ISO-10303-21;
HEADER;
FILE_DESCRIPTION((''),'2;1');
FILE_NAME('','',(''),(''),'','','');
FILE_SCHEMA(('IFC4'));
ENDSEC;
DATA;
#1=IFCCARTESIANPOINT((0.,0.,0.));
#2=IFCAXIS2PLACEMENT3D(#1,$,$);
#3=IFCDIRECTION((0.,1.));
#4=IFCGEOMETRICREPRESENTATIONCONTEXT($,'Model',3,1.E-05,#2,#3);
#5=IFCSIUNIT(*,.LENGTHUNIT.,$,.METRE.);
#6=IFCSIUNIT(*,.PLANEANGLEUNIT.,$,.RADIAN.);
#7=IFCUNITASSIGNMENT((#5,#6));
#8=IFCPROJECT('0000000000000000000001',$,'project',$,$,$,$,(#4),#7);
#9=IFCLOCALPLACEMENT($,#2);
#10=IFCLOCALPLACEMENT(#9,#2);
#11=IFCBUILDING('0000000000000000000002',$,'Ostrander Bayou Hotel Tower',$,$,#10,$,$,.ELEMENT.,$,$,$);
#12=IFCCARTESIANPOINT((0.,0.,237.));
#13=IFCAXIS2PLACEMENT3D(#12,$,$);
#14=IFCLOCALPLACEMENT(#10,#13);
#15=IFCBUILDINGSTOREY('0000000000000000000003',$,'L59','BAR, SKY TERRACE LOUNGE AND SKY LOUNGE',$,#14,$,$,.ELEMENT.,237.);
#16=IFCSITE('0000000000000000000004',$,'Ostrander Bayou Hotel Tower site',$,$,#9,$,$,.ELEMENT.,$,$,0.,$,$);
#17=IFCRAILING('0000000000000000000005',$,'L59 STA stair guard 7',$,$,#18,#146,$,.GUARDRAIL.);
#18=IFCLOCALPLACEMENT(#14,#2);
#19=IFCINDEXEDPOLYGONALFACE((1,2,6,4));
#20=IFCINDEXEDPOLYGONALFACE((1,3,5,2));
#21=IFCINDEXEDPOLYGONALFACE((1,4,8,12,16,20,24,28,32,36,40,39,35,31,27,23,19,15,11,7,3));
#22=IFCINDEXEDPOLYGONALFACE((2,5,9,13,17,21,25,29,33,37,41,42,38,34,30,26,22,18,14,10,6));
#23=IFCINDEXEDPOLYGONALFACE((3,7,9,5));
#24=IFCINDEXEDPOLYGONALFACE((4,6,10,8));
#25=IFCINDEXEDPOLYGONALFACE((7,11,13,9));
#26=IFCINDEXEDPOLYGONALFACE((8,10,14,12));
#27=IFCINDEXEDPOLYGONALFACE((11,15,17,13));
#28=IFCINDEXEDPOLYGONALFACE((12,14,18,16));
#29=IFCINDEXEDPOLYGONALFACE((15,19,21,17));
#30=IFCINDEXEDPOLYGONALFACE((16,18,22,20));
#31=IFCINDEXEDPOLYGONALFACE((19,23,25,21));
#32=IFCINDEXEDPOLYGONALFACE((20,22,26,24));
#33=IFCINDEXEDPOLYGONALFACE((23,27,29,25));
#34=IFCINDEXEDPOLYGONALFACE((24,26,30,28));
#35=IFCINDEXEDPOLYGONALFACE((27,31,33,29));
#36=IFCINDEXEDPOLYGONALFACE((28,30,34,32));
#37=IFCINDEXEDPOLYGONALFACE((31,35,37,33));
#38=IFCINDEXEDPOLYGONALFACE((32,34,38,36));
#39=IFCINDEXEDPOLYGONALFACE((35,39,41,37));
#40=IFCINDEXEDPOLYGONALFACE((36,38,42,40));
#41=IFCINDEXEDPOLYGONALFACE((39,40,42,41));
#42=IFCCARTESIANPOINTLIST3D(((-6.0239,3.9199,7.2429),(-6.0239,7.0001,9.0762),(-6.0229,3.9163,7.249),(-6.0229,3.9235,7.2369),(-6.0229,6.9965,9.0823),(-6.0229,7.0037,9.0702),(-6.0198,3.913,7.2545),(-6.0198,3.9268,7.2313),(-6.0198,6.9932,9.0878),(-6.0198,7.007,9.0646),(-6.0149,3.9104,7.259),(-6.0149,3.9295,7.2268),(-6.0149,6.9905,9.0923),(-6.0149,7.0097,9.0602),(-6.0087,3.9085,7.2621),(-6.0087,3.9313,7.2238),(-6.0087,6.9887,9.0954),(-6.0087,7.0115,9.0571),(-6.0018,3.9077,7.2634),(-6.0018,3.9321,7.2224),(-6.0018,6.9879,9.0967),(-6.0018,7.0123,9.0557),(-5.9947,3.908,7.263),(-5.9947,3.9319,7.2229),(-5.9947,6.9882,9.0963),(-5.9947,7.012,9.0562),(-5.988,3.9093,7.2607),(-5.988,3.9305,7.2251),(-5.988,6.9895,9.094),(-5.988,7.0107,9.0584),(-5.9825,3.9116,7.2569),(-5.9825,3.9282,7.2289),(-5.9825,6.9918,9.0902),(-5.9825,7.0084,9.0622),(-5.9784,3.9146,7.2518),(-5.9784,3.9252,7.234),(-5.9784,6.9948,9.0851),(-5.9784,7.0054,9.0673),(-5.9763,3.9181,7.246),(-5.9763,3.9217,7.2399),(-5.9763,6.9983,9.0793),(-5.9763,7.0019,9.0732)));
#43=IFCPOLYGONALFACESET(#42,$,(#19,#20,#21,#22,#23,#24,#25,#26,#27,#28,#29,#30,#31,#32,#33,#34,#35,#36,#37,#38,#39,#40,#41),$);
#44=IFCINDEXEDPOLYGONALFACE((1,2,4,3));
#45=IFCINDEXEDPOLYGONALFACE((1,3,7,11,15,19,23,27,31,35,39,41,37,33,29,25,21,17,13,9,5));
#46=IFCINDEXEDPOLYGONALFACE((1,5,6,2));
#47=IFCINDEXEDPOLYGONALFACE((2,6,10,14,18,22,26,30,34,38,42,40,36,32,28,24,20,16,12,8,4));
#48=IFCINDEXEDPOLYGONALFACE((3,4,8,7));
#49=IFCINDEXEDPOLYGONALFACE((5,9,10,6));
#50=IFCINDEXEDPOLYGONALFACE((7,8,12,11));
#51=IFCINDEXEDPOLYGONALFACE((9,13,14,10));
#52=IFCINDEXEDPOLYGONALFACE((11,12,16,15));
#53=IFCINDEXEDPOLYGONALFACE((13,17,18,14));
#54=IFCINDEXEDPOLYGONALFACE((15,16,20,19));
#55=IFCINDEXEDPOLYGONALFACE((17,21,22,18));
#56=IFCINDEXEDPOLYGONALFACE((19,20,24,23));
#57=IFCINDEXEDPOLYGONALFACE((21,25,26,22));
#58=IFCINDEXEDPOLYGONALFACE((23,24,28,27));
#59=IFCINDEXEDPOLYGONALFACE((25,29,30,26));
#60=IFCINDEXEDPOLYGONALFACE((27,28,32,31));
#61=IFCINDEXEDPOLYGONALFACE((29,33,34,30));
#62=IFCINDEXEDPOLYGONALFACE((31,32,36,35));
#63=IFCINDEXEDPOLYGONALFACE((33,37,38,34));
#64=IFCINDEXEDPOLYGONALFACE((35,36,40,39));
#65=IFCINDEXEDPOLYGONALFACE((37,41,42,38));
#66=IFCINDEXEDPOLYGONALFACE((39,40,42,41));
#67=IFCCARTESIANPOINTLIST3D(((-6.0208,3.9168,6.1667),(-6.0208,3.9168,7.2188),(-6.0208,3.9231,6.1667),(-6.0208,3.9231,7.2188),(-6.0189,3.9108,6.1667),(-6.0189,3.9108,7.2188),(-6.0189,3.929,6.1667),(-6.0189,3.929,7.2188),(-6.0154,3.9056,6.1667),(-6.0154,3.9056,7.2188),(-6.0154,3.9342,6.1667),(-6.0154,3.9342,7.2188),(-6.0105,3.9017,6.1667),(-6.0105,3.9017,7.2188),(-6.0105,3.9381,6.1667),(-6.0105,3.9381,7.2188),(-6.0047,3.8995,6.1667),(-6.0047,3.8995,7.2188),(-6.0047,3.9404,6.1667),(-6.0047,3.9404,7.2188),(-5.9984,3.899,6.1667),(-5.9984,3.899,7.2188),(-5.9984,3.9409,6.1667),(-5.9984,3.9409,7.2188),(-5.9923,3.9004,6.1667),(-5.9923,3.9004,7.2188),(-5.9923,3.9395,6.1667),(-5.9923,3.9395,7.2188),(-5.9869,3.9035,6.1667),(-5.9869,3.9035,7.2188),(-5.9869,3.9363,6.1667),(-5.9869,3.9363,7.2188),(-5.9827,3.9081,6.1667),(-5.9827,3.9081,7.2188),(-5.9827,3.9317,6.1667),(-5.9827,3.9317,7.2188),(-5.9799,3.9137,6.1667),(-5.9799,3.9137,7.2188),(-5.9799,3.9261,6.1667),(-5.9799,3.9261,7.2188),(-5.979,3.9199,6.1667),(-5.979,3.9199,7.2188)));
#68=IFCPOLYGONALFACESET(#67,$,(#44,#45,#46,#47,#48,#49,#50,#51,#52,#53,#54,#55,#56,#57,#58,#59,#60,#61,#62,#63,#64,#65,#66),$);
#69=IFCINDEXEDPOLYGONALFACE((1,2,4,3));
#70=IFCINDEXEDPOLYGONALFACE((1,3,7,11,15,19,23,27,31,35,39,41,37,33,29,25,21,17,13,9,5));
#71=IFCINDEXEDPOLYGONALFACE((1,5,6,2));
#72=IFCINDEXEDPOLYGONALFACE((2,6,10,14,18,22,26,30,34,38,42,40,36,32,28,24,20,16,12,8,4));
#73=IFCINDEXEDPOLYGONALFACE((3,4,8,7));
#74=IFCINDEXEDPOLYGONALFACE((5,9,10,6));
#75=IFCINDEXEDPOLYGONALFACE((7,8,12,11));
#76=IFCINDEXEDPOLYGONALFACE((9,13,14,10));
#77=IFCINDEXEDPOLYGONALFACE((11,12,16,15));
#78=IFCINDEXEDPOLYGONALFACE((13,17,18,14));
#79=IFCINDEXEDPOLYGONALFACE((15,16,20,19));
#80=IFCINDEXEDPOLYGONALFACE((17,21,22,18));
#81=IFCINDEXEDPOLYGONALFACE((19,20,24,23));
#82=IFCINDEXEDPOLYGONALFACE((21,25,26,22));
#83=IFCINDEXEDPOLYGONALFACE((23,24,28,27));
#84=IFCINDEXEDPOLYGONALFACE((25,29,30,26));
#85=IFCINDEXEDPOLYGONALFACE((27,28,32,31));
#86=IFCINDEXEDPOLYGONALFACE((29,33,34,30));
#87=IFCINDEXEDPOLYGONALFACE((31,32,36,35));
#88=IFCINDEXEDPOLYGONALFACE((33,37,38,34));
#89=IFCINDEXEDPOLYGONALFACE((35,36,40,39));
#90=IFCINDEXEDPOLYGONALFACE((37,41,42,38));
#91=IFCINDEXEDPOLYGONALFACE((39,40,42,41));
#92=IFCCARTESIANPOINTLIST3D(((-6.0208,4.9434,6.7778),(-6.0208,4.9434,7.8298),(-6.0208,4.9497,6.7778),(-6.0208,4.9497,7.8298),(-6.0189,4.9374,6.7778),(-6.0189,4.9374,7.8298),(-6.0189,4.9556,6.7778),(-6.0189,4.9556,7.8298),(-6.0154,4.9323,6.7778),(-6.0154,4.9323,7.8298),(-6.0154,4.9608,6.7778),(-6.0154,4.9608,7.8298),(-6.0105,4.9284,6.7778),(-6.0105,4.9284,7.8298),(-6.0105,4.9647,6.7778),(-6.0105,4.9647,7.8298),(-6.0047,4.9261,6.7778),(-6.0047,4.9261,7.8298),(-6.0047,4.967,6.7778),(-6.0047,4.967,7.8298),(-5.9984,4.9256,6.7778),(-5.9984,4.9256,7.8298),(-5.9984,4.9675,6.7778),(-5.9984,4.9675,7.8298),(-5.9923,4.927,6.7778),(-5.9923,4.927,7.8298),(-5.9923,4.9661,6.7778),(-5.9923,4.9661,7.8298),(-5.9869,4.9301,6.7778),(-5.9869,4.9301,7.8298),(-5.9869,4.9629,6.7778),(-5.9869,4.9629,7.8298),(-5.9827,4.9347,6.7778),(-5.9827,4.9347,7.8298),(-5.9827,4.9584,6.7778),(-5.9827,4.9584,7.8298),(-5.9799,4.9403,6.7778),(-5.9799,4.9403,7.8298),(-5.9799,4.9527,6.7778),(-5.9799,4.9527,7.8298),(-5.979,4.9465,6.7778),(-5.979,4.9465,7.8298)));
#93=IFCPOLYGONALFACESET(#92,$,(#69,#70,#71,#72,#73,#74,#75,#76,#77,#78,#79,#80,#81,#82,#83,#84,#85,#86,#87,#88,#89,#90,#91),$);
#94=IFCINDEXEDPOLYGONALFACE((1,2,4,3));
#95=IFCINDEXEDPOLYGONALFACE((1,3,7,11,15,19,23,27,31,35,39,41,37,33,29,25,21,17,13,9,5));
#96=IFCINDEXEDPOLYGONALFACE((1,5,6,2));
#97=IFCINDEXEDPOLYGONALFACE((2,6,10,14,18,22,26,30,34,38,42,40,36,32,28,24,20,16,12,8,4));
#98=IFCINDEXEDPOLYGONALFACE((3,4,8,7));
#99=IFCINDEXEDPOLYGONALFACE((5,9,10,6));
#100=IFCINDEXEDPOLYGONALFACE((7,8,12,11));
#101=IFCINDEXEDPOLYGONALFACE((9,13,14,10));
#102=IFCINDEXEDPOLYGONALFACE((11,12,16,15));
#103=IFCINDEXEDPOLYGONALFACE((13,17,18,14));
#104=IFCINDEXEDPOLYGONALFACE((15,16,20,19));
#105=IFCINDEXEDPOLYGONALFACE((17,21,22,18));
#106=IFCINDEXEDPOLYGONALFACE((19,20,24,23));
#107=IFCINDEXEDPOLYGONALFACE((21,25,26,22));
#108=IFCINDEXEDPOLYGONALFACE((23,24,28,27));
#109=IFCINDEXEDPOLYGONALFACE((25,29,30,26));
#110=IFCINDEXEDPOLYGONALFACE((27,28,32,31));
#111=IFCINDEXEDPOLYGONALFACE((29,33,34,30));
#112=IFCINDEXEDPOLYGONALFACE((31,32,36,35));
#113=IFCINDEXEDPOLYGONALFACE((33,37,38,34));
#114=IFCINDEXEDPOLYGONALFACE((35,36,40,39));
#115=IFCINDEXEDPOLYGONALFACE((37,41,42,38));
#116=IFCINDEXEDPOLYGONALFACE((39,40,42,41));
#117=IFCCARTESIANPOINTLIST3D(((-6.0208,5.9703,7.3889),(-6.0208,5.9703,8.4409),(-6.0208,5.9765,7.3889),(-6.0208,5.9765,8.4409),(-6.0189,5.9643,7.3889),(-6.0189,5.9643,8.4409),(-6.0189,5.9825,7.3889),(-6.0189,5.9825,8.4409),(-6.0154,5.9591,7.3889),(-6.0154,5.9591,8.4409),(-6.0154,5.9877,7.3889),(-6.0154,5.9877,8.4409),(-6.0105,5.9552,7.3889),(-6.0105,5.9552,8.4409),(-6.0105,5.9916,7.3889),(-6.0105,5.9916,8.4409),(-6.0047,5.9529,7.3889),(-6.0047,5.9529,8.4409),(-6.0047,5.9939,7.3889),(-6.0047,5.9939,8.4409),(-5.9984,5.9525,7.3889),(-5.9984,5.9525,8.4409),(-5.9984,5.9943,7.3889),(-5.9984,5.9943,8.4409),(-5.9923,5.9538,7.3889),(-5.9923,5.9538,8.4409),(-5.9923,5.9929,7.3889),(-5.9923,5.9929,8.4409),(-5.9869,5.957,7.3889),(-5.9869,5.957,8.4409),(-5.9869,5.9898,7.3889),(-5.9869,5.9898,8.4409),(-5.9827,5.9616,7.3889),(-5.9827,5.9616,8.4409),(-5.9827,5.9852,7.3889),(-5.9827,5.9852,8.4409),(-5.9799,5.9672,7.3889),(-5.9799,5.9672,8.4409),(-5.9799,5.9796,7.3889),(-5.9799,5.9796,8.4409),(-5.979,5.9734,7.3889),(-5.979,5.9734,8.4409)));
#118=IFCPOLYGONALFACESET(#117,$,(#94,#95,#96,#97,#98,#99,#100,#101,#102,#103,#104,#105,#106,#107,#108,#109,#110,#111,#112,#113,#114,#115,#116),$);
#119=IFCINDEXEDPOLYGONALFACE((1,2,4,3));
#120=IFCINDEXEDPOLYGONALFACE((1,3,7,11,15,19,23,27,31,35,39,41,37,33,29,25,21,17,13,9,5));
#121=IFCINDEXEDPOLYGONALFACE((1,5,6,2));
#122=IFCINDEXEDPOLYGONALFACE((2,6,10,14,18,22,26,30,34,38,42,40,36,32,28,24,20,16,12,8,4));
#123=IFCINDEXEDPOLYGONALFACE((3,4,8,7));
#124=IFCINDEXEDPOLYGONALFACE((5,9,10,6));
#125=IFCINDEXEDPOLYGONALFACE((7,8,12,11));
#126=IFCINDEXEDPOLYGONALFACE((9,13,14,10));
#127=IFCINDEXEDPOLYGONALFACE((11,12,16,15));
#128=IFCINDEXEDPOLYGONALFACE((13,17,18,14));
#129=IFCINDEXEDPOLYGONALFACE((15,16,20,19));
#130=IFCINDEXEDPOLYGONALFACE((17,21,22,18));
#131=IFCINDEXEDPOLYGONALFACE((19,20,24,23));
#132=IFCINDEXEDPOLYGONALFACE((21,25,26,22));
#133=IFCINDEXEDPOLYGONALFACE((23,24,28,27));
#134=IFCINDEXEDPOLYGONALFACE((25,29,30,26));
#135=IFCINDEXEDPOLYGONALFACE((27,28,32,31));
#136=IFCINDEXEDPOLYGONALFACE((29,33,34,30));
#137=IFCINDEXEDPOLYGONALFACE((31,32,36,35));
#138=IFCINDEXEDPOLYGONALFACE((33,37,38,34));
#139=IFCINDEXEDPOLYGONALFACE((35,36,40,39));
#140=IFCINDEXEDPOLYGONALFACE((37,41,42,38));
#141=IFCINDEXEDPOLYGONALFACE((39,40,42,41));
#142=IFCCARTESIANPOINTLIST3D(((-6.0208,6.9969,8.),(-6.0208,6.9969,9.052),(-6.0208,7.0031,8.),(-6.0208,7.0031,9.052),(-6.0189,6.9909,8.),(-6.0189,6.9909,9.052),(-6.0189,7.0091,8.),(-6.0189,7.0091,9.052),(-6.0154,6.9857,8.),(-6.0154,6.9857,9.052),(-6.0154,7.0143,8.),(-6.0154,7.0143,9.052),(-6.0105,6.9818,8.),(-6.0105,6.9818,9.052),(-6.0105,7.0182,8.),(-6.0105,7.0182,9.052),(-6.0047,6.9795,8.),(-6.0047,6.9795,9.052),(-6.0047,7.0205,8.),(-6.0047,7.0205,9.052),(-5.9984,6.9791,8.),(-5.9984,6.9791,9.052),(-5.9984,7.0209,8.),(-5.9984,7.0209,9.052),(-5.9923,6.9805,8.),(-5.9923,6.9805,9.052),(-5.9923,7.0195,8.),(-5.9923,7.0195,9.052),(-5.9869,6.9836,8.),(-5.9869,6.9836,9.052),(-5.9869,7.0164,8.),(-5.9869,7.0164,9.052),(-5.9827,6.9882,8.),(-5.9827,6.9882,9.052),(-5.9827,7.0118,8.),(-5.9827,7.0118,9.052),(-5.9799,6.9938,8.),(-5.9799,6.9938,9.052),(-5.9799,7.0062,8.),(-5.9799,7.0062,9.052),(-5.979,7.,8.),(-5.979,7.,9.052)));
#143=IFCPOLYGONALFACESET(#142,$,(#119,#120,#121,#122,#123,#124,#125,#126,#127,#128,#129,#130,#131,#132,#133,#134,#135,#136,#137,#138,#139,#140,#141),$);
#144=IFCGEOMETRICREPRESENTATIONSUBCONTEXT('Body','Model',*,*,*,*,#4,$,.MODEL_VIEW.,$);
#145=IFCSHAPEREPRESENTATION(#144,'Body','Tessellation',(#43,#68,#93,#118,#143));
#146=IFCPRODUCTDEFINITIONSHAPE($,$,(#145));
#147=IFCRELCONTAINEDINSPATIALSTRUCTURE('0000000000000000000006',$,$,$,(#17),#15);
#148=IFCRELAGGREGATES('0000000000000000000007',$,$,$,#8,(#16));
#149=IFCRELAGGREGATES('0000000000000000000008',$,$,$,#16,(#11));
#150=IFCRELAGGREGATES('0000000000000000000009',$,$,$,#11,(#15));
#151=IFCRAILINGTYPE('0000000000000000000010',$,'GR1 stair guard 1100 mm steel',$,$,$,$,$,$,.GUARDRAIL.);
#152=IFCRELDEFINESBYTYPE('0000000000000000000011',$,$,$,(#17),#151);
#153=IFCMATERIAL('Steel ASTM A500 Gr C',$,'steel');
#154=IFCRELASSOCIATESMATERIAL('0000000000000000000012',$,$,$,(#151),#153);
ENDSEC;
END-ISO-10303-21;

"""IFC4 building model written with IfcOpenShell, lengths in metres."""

from ifc_helpers import new_model, si_unit, direction, frame, origin, origin_2d, place, context, subcontext, project, spatial, circle, extrude, material, type_object, element, save


model = new_model("IFC4")

# Units and contexts
model_context = context("Model", 3, precision=1e-05, world=origin(), true_north=direction((0.0, 1.0)))
body_context = subcontext(model_context, "Body", "Model", "MODEL_VIEW")
ifc_project = project(units=[si_unit("LENGTHUNIT", "METRE"), si_unit("PLANEANGLEUNIT", "RADIAN")], contexts=[model_context])

# Site, building, storey
site_placement = place(None, origin())
site = spatial("IfcSite", under=ifc_project, at=site_placement, Name="Ostrander Bayou Hotel Tower site", CompositionType="ELEMENT", RefElevation=0.0)
building_placement = place(site_placement, origin())
building = spatial("IfcBuilding", under=site, at=building_placement, Name="Ostrander Bayou Hotel Tower", CompositionType="ELEMENT")
storey_placement = place(building_placement, frame((0.0, 0.0, 237.0)))
storey = spatial("IfcBuildingStorey", under=building, at=storey_placement, Name="L59", Description="BAR, SKY TERRACE LOUNGE AND SKY LOUNGE", CompositionType="ELEMENT", Elevation=237.0)

# Railing
ifc_material_1 = material(Name="Steel ASTM A500 Gr C", Category="steel")
railing_type_1 = type_object("IfcRailingType", Name="GR1 stair guard 1100 mm steel", PredefinedType="GUARDRAIL", material=ifc_material_1)
railing_1_placement = place(storey_placement, frame((-6.0, 3.9199, 6.1667)))
element("IfcRailing", 1, at=railing_1_placement, inside=storey, type_object=railing_type_1, Name="L59 STA stair guard 7", PredefinedType="GUARDRAIL", context=body_context, shape_type="SweptSolid", body=[
    extrude(circle(Radius=0.0239, at=origin_2d()), frame((0.0, 0.0, 1.0762), z_axis=(0.0, 0.859309, 0.511458), x_axis=(-1.0, 0.0, 0.0)), (0.0, 0.0, 1.0), 3.5845),
    extrude(circle(Radius=0.021, at=origin_2d()), origin(), (0.0, 0.0, 1.0), 1.052),
    extrude(circle(Radius=0.021, at=origin_2d()), frame((0.0, 1.0266, 0.6111)), (0.0, 0.0, 1.0), 1.052),
    extrude(circle(Radius=0.021, at=origin_2d()), frame((0.0, 2.0535, 1.2222)), (0.0, 0.0, 1.0), 1.052),
    extrude(circle(Radius=0.021, at=origin_2d()), frame((0.0, 3.0801, 1.8333)), (0.0, 0.0, 1.0), 1.052),
])

save(model, "model.ifc")
